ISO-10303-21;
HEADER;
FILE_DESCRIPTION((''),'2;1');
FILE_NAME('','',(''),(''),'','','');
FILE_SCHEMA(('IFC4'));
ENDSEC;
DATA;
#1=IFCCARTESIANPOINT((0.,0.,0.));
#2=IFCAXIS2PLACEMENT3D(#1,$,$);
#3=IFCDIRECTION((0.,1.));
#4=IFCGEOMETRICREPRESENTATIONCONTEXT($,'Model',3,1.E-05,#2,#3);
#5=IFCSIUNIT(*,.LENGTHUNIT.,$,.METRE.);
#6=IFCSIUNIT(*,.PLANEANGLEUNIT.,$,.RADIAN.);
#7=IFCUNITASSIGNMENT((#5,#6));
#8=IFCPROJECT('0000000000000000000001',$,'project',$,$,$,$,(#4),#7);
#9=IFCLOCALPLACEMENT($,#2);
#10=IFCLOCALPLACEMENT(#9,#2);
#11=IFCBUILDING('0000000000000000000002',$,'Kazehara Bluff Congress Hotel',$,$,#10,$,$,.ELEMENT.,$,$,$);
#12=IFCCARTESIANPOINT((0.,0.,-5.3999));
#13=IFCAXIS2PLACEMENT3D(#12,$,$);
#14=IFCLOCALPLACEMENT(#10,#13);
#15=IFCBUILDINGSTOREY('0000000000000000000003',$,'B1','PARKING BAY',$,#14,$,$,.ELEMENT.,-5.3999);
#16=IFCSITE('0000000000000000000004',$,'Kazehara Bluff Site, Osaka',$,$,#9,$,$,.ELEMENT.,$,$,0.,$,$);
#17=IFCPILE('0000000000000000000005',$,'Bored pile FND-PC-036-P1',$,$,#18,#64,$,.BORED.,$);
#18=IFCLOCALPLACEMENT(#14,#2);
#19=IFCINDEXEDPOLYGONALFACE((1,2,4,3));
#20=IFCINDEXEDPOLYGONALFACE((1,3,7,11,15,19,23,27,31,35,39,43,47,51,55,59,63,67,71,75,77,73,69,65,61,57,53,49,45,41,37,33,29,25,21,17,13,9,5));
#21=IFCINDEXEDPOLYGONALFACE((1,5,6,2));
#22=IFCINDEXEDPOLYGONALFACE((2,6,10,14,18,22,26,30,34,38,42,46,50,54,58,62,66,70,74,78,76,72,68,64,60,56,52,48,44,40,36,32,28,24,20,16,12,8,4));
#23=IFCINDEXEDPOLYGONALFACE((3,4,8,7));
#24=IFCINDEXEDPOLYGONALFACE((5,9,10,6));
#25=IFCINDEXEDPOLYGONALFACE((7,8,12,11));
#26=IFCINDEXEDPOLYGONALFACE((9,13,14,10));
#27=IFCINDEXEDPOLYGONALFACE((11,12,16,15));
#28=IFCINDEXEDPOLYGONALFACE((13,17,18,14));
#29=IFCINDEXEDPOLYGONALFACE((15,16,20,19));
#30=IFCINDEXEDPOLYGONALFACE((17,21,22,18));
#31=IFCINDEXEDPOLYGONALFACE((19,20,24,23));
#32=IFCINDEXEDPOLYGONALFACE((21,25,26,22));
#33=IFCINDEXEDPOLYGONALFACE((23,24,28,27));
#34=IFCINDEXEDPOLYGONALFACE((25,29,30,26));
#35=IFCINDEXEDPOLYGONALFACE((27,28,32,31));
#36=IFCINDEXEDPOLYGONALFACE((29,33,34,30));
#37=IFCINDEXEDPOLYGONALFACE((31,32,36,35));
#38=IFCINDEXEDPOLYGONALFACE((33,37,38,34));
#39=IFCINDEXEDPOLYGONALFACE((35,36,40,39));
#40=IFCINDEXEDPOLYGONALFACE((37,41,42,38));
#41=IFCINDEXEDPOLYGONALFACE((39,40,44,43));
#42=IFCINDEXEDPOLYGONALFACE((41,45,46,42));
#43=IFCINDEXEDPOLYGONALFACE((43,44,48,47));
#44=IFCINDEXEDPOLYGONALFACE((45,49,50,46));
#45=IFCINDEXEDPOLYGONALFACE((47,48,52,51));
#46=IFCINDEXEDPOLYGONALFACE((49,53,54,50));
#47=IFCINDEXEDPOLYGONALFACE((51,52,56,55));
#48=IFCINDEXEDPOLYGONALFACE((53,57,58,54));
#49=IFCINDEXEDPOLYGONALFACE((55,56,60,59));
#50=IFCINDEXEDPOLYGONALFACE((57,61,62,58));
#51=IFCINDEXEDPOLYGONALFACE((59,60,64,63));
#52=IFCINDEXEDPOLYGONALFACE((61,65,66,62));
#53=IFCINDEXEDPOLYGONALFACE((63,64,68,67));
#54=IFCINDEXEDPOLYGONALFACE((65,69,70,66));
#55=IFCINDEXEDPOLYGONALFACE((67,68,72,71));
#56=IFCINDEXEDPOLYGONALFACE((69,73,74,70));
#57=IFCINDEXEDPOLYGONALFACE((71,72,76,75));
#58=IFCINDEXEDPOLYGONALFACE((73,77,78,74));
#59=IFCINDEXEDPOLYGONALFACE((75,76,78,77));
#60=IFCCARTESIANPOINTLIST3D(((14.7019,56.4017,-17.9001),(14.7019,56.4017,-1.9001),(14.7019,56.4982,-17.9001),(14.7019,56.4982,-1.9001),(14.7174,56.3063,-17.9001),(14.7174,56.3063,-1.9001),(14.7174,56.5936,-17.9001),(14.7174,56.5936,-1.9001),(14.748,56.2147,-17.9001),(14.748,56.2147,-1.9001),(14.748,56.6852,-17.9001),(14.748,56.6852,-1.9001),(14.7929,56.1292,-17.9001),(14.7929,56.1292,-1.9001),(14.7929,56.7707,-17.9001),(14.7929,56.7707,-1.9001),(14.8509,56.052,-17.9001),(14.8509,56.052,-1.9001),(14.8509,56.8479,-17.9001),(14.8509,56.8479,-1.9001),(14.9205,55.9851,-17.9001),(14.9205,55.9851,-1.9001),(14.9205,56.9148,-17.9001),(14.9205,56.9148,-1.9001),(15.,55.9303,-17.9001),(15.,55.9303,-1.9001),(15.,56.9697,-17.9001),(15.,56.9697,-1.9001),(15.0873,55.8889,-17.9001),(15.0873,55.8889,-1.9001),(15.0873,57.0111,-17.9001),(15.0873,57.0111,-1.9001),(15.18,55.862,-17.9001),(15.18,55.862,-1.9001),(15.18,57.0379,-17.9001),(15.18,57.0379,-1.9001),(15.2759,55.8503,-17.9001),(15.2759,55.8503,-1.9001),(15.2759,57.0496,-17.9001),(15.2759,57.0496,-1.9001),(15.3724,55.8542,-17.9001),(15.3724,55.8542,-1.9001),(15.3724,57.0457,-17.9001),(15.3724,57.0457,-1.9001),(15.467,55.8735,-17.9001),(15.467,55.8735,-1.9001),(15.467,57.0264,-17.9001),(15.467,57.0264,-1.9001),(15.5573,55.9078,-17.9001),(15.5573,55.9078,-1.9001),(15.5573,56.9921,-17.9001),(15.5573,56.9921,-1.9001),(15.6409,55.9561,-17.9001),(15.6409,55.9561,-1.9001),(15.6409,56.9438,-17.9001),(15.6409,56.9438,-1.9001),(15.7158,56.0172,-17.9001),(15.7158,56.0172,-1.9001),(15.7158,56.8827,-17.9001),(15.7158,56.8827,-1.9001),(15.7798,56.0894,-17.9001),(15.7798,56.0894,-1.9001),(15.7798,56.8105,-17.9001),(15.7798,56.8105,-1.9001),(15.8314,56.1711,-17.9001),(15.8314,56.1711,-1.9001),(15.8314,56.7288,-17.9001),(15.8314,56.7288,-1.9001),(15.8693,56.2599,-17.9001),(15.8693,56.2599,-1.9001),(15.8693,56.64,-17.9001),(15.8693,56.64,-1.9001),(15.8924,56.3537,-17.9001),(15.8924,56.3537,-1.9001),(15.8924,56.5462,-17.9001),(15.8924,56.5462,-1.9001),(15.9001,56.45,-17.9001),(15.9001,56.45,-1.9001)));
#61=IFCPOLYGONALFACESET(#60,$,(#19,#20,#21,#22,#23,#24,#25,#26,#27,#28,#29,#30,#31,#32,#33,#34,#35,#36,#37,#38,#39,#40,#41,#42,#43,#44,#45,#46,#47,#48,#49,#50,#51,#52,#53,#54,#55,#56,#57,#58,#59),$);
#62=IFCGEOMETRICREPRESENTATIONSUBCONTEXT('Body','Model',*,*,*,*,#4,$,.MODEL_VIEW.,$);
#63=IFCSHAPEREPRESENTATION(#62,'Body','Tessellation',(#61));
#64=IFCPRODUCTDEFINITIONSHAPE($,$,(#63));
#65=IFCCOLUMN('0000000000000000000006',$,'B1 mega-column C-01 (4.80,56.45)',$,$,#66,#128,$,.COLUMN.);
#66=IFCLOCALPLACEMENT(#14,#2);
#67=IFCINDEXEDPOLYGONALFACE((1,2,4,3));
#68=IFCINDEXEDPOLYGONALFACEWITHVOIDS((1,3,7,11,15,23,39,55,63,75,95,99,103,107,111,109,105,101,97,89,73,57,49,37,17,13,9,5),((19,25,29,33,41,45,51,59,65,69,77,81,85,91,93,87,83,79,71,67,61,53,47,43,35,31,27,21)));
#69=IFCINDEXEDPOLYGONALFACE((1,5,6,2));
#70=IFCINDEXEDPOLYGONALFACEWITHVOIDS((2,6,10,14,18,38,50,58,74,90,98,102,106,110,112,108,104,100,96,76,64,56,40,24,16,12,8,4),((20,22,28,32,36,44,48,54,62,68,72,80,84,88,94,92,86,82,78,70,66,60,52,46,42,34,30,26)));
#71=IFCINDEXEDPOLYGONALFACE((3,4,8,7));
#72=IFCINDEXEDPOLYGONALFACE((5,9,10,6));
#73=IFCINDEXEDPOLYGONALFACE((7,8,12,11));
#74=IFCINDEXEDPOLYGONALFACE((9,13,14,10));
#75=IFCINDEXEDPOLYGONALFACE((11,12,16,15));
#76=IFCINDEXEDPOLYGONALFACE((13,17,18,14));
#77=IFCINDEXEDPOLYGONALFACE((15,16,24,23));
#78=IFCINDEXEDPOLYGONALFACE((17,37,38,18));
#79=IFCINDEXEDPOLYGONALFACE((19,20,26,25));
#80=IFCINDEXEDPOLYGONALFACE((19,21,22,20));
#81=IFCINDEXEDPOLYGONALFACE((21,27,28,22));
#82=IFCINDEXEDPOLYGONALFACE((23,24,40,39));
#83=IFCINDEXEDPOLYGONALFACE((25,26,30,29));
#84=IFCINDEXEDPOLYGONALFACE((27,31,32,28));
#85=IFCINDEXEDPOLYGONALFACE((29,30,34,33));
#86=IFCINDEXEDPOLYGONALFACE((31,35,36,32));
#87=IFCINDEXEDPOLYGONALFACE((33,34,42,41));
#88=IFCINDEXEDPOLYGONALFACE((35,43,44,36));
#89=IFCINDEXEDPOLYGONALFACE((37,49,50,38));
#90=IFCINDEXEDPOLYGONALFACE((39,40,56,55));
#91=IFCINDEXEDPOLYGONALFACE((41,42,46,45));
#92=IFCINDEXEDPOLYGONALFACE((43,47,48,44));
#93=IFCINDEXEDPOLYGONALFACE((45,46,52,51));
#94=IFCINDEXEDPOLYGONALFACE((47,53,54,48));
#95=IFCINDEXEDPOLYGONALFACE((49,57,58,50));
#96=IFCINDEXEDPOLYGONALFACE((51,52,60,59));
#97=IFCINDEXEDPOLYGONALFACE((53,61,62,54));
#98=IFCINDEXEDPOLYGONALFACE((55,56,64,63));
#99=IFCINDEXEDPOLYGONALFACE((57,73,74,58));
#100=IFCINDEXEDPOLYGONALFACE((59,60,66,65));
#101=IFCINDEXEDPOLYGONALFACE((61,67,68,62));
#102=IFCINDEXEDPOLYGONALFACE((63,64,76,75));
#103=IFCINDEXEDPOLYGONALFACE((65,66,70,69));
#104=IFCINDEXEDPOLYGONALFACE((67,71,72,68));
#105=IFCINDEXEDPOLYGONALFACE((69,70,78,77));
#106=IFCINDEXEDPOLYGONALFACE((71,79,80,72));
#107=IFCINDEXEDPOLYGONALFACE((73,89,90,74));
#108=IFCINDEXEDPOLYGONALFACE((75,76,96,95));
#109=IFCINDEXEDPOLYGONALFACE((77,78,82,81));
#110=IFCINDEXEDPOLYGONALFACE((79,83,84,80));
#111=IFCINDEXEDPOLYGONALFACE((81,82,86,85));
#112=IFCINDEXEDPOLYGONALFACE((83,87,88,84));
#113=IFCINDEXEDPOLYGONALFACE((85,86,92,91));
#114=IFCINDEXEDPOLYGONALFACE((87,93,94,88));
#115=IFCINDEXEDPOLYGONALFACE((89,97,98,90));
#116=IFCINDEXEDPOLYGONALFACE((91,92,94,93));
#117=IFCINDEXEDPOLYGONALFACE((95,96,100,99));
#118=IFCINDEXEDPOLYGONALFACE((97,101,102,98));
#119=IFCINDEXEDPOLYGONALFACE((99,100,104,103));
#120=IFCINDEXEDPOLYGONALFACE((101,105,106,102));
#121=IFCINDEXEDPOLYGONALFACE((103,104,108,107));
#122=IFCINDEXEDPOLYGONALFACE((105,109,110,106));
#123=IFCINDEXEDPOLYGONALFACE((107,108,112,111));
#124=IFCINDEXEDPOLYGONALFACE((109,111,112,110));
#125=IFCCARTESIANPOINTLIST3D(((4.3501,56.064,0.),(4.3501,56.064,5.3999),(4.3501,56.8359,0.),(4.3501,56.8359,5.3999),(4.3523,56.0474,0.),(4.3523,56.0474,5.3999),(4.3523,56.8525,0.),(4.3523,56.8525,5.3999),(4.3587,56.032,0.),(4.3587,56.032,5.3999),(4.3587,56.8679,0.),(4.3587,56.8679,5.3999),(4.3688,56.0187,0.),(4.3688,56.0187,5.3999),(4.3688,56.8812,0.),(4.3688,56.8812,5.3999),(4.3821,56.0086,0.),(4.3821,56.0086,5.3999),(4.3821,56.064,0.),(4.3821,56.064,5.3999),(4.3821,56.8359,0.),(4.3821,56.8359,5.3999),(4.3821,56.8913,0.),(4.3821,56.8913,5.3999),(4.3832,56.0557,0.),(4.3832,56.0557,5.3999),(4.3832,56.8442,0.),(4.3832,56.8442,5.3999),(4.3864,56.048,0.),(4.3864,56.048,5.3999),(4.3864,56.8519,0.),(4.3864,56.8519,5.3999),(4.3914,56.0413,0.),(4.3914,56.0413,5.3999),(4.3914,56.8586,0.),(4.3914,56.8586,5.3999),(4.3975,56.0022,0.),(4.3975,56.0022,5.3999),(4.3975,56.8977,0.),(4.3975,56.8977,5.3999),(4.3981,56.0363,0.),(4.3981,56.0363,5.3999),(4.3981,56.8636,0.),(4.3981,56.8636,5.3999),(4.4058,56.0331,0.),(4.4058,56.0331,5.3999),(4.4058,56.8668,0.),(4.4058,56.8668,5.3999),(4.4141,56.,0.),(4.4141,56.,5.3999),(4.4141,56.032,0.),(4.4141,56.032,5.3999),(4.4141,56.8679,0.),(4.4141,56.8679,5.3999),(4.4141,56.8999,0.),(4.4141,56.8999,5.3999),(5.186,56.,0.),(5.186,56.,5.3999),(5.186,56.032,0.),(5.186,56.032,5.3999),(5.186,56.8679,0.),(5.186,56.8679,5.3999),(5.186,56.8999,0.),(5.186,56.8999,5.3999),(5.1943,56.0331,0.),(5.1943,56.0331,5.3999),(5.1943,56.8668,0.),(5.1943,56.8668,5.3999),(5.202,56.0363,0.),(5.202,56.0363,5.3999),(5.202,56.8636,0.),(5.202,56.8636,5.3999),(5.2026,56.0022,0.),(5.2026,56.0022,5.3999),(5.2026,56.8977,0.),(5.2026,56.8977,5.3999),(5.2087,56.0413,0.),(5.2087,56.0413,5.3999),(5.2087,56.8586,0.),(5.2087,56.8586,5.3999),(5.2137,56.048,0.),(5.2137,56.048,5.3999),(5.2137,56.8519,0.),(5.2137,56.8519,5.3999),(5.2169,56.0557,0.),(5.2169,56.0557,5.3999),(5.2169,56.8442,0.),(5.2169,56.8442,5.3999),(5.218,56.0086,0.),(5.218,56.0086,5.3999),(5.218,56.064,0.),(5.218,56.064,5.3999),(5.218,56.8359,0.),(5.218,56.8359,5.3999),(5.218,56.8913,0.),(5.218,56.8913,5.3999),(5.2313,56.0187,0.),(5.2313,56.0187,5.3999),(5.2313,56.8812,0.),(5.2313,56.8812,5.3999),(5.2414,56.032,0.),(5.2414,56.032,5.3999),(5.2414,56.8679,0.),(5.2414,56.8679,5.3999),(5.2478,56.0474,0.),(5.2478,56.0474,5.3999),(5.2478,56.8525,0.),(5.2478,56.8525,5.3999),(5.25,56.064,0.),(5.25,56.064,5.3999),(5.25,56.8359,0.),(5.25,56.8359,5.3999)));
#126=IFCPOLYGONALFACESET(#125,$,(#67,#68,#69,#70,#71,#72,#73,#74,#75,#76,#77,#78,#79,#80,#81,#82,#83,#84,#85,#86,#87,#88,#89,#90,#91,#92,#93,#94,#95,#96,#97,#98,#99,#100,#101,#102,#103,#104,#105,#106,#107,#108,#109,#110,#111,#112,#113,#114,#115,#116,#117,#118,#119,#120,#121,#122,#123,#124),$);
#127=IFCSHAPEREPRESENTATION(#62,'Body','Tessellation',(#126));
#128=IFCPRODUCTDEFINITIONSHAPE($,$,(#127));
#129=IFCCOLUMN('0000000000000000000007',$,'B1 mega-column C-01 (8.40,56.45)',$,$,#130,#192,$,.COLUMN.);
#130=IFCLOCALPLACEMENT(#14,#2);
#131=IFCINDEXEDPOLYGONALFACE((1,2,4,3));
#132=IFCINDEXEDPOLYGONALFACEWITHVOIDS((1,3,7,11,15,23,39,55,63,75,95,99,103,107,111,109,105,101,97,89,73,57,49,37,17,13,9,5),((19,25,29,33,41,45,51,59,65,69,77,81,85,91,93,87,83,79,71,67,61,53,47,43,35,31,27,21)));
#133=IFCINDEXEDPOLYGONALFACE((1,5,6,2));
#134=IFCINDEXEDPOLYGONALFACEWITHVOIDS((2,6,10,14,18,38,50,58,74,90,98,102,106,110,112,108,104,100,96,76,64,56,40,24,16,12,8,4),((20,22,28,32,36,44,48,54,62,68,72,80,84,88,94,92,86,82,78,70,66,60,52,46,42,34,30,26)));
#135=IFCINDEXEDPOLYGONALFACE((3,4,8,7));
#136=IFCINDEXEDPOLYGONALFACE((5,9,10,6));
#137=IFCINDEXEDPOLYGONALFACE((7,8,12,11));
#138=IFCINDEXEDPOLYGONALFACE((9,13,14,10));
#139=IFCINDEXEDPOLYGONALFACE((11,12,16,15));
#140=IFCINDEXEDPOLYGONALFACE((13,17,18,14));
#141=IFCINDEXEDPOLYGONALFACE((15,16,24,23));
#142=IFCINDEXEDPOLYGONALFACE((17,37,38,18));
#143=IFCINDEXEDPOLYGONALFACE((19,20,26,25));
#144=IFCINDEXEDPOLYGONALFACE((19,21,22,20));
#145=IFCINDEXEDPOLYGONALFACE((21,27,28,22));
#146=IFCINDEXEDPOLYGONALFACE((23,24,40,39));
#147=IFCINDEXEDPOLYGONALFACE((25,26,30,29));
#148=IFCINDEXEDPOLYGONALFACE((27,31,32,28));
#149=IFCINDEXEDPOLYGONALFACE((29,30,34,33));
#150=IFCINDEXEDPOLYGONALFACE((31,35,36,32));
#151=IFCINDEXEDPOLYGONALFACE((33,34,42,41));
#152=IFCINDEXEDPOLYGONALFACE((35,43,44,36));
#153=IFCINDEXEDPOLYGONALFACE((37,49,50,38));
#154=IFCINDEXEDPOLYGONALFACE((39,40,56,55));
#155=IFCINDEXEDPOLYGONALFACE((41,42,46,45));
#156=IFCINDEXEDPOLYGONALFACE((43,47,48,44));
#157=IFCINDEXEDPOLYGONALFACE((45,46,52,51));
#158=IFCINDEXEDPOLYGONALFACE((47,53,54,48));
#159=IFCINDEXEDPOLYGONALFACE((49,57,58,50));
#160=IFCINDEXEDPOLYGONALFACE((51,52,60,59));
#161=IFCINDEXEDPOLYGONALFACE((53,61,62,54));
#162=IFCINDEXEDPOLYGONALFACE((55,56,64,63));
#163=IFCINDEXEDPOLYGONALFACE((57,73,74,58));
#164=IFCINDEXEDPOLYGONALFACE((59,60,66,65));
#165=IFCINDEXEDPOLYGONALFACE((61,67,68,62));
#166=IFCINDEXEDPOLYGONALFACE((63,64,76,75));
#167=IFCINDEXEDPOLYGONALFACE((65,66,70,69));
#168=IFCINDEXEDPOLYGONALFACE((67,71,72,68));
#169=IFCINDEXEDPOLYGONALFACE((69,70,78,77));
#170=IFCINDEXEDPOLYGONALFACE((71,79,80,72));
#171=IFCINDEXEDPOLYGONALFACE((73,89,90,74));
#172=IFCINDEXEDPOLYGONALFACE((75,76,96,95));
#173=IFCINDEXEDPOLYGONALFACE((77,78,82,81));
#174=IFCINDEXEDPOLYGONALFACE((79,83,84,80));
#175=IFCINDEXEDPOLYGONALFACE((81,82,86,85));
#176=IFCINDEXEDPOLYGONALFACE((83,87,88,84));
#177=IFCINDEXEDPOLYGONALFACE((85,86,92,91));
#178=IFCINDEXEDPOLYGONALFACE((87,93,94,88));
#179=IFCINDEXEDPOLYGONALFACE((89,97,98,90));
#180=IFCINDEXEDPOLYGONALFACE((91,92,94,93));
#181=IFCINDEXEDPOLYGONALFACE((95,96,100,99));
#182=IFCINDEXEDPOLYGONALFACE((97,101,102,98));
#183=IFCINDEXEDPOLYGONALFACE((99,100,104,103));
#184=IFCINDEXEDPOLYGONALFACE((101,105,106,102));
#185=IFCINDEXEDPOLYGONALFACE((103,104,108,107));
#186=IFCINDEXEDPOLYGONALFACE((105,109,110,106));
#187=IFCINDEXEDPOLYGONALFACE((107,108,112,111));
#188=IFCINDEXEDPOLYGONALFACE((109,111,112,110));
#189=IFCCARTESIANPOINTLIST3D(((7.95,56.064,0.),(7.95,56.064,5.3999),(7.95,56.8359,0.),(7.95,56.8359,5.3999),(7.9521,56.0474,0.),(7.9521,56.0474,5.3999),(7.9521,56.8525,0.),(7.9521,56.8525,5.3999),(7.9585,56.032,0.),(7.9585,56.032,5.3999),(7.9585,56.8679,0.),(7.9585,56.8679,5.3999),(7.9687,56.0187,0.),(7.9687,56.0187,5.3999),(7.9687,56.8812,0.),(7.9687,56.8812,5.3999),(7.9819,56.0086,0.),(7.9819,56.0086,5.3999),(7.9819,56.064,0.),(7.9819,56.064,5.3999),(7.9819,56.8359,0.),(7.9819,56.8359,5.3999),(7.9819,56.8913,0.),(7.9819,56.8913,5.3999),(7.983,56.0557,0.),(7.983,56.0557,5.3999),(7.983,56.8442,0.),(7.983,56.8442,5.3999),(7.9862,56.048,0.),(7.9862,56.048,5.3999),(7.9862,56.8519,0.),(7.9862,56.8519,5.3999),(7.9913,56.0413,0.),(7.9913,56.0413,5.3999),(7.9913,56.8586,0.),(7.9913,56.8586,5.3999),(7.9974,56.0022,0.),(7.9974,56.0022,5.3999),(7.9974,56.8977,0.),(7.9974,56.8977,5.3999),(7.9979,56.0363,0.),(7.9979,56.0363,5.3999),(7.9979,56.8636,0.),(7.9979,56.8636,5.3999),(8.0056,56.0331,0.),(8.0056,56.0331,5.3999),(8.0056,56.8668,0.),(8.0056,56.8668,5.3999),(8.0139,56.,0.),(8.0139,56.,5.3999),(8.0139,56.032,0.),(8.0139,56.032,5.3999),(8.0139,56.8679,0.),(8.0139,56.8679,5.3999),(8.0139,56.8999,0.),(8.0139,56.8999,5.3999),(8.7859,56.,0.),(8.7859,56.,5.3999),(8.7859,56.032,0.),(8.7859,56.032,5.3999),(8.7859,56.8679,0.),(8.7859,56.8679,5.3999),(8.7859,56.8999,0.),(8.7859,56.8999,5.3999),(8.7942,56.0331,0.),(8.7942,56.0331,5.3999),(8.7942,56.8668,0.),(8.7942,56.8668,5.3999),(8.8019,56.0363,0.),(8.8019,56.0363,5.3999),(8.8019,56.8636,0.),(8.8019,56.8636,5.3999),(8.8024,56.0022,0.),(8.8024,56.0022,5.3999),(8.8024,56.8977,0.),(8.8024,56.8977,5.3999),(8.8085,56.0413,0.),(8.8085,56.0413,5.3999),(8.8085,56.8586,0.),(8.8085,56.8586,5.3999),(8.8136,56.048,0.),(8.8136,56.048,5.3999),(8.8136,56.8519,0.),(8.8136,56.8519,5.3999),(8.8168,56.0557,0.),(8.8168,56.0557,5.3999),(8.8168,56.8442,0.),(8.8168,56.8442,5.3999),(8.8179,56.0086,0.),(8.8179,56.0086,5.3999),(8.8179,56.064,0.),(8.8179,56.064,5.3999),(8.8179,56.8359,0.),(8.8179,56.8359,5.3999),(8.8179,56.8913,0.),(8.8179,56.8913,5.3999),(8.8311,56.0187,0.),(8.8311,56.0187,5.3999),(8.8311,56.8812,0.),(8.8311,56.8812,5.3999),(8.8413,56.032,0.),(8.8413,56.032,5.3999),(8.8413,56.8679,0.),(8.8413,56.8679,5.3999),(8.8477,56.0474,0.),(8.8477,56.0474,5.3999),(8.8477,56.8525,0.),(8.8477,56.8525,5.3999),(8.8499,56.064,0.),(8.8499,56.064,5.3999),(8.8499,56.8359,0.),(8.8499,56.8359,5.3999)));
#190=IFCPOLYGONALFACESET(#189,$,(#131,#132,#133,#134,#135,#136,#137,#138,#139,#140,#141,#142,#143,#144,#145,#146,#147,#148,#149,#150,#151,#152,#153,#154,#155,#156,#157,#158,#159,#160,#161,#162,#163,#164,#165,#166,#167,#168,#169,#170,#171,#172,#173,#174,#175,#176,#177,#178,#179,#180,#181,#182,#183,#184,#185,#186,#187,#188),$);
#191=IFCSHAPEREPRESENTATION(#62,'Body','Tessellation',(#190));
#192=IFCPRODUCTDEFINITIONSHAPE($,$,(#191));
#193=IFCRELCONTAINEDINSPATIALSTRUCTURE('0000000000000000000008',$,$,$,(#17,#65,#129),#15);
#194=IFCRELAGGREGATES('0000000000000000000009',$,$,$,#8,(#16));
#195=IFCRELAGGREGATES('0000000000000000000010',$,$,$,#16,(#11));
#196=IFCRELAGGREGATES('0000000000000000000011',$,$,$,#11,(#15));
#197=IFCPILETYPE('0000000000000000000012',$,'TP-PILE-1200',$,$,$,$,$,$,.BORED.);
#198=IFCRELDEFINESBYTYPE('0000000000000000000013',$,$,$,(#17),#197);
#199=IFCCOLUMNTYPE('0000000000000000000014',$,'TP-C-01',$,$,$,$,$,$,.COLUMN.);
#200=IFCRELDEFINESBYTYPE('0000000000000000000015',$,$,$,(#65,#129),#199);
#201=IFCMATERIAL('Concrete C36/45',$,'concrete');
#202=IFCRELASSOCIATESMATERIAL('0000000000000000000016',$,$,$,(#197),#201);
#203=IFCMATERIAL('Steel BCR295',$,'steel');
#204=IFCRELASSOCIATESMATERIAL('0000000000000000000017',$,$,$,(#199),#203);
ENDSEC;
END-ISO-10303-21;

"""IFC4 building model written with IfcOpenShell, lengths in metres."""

from ifc_helpers import new_model, si_unit, direction, frame, origin, origin_2d, place, context, subcontext, project, spatial, hollow_rectangle, circle, extrude, material, material_profile, profile_set, type_object, element, save


model = new_model("IFC4")

# Units and contexts
model_context = context("Model", 3, precision=1e-05, world=origin(), true_north=direction((0.0, 1.0)))
body_context = subcontext(model_context, "Body", "Model", "MODEL_VIEW")
ifc_project = project(units=[si_unit("LENGTHUNIT", "METRE"), si_unit("PLANEANGLEUNIT", "RADIAN")], contexts=[model_context])

# Site, building, storey
site_placement = place(None, origin())
site = spatial("IfcSite", under=ifc_project, at=site_placement, Name="Kazehara Bluff Site, Osaka", CompositionType="ELEMENT", RefElevation=0.0)
building_placement = place(site_placement, origin())
building = spatial("IfcBuilding", under=site, at=building_placement, Name="Kazehara Bluff Congress Hotel", CompositionType="ELEMENT")
storey_placement = place(building_placement, frame((0.0, 0.0, -5.3999)))
storey = spatial("IfcBuildingStorey", under=building, at=storey_placement, Name="B1", Description="PARKING BAY", CompositionType="ELEMENT", Elevation=-5.3999)

# Pile
ifc_material_1 = material(Name="Concrete C36/45", Category="concrete")
ifc_material_profile_1 = material_profile(ifc_material_1, circle(Radius=0.6001, at=origin_2d()))
ifc_profile_set_1 = profile_set([ifc_material_profile_1], Name="Concrete C36/45")
pile_type = type_object("IfcPileType", Name="TP-PILE-1200", PredefinedType="BORED", material=ifc_profile_set_1)
for number, where, z_axis, x_axis, name in (
    (1, (15.3, 56.45, -1.9001), (0.0, 0.0, -1.0), (1.0, 0.0, 0.0), "Bored pile FND-PC-036-P1"),
):
    element("IfcPile", number, at=place(storey_placement, frame(where, z_axis=z_axis, x_axis=x_axis)), inside=storey, type_object=pile_type, Name=name, PredefinedType="BORED", context=body_context, shape_type="SweptSolid", body=[
        extrude(circle(Radius=0.6001, at=origin_2d()), origin(), (0.0, 0.0, 1.0), 16.0),
    ])

# Columns
ifc_material_2 = material(Name="Steel BCR295", Category="steel")
ifc_material_profile_2 = material_profile(ifc_material_2, hollow_rectangle(XDim=0.8999, YDim=0.8999, WallThickness=0.032, InnerFilletRadius=0.032, OuterFilletRadius=0.064, at=origin_2d()))
ifc_profile_set_2 = profile_set([ifc_material_profile_2], Name="Steel BCR295")
column_type_1 = type_object("IfcColumnType", Name="TP-C-01", PredefinedType="COLUMN", material=ifc_profile_set_2)
for number, where, z_axis, x_axis, name in (
    (2, (4.8, 56.45, 0.0), (0.0, 0.0, 1.0), (1.0, 0.0, 0.0), "B1 mega-column C-01 (4.80,56.45)"),
    (3, (8.3999, 56.45, 0.0), (0.0, 0.0, 1.0), (1.0, 0.0, 0.0), "B1 mega-column C-01 (8.40,56.45)"),
):
    element("IfcColumn", number, at=place(storey_placement, frame(where, z_axis=z_axis, x_axis=x_axis)), inside=storey, type_object=column_type_1, Name=name, PredefinedType="COLUMN", context=body_context, shape_type="SweptSolid", body=[
        extrude(hollow_rectangle(XDim=0.8999, YDim=0.8999, WallThickness=0.032, InnerFilletRadius=0.032, OuterFilletRadius=0.064, at=origin_2d()), origin(), (0.0, 0.0, 1.0), 5.3999),
    ])

save(model, "model.ifc")
